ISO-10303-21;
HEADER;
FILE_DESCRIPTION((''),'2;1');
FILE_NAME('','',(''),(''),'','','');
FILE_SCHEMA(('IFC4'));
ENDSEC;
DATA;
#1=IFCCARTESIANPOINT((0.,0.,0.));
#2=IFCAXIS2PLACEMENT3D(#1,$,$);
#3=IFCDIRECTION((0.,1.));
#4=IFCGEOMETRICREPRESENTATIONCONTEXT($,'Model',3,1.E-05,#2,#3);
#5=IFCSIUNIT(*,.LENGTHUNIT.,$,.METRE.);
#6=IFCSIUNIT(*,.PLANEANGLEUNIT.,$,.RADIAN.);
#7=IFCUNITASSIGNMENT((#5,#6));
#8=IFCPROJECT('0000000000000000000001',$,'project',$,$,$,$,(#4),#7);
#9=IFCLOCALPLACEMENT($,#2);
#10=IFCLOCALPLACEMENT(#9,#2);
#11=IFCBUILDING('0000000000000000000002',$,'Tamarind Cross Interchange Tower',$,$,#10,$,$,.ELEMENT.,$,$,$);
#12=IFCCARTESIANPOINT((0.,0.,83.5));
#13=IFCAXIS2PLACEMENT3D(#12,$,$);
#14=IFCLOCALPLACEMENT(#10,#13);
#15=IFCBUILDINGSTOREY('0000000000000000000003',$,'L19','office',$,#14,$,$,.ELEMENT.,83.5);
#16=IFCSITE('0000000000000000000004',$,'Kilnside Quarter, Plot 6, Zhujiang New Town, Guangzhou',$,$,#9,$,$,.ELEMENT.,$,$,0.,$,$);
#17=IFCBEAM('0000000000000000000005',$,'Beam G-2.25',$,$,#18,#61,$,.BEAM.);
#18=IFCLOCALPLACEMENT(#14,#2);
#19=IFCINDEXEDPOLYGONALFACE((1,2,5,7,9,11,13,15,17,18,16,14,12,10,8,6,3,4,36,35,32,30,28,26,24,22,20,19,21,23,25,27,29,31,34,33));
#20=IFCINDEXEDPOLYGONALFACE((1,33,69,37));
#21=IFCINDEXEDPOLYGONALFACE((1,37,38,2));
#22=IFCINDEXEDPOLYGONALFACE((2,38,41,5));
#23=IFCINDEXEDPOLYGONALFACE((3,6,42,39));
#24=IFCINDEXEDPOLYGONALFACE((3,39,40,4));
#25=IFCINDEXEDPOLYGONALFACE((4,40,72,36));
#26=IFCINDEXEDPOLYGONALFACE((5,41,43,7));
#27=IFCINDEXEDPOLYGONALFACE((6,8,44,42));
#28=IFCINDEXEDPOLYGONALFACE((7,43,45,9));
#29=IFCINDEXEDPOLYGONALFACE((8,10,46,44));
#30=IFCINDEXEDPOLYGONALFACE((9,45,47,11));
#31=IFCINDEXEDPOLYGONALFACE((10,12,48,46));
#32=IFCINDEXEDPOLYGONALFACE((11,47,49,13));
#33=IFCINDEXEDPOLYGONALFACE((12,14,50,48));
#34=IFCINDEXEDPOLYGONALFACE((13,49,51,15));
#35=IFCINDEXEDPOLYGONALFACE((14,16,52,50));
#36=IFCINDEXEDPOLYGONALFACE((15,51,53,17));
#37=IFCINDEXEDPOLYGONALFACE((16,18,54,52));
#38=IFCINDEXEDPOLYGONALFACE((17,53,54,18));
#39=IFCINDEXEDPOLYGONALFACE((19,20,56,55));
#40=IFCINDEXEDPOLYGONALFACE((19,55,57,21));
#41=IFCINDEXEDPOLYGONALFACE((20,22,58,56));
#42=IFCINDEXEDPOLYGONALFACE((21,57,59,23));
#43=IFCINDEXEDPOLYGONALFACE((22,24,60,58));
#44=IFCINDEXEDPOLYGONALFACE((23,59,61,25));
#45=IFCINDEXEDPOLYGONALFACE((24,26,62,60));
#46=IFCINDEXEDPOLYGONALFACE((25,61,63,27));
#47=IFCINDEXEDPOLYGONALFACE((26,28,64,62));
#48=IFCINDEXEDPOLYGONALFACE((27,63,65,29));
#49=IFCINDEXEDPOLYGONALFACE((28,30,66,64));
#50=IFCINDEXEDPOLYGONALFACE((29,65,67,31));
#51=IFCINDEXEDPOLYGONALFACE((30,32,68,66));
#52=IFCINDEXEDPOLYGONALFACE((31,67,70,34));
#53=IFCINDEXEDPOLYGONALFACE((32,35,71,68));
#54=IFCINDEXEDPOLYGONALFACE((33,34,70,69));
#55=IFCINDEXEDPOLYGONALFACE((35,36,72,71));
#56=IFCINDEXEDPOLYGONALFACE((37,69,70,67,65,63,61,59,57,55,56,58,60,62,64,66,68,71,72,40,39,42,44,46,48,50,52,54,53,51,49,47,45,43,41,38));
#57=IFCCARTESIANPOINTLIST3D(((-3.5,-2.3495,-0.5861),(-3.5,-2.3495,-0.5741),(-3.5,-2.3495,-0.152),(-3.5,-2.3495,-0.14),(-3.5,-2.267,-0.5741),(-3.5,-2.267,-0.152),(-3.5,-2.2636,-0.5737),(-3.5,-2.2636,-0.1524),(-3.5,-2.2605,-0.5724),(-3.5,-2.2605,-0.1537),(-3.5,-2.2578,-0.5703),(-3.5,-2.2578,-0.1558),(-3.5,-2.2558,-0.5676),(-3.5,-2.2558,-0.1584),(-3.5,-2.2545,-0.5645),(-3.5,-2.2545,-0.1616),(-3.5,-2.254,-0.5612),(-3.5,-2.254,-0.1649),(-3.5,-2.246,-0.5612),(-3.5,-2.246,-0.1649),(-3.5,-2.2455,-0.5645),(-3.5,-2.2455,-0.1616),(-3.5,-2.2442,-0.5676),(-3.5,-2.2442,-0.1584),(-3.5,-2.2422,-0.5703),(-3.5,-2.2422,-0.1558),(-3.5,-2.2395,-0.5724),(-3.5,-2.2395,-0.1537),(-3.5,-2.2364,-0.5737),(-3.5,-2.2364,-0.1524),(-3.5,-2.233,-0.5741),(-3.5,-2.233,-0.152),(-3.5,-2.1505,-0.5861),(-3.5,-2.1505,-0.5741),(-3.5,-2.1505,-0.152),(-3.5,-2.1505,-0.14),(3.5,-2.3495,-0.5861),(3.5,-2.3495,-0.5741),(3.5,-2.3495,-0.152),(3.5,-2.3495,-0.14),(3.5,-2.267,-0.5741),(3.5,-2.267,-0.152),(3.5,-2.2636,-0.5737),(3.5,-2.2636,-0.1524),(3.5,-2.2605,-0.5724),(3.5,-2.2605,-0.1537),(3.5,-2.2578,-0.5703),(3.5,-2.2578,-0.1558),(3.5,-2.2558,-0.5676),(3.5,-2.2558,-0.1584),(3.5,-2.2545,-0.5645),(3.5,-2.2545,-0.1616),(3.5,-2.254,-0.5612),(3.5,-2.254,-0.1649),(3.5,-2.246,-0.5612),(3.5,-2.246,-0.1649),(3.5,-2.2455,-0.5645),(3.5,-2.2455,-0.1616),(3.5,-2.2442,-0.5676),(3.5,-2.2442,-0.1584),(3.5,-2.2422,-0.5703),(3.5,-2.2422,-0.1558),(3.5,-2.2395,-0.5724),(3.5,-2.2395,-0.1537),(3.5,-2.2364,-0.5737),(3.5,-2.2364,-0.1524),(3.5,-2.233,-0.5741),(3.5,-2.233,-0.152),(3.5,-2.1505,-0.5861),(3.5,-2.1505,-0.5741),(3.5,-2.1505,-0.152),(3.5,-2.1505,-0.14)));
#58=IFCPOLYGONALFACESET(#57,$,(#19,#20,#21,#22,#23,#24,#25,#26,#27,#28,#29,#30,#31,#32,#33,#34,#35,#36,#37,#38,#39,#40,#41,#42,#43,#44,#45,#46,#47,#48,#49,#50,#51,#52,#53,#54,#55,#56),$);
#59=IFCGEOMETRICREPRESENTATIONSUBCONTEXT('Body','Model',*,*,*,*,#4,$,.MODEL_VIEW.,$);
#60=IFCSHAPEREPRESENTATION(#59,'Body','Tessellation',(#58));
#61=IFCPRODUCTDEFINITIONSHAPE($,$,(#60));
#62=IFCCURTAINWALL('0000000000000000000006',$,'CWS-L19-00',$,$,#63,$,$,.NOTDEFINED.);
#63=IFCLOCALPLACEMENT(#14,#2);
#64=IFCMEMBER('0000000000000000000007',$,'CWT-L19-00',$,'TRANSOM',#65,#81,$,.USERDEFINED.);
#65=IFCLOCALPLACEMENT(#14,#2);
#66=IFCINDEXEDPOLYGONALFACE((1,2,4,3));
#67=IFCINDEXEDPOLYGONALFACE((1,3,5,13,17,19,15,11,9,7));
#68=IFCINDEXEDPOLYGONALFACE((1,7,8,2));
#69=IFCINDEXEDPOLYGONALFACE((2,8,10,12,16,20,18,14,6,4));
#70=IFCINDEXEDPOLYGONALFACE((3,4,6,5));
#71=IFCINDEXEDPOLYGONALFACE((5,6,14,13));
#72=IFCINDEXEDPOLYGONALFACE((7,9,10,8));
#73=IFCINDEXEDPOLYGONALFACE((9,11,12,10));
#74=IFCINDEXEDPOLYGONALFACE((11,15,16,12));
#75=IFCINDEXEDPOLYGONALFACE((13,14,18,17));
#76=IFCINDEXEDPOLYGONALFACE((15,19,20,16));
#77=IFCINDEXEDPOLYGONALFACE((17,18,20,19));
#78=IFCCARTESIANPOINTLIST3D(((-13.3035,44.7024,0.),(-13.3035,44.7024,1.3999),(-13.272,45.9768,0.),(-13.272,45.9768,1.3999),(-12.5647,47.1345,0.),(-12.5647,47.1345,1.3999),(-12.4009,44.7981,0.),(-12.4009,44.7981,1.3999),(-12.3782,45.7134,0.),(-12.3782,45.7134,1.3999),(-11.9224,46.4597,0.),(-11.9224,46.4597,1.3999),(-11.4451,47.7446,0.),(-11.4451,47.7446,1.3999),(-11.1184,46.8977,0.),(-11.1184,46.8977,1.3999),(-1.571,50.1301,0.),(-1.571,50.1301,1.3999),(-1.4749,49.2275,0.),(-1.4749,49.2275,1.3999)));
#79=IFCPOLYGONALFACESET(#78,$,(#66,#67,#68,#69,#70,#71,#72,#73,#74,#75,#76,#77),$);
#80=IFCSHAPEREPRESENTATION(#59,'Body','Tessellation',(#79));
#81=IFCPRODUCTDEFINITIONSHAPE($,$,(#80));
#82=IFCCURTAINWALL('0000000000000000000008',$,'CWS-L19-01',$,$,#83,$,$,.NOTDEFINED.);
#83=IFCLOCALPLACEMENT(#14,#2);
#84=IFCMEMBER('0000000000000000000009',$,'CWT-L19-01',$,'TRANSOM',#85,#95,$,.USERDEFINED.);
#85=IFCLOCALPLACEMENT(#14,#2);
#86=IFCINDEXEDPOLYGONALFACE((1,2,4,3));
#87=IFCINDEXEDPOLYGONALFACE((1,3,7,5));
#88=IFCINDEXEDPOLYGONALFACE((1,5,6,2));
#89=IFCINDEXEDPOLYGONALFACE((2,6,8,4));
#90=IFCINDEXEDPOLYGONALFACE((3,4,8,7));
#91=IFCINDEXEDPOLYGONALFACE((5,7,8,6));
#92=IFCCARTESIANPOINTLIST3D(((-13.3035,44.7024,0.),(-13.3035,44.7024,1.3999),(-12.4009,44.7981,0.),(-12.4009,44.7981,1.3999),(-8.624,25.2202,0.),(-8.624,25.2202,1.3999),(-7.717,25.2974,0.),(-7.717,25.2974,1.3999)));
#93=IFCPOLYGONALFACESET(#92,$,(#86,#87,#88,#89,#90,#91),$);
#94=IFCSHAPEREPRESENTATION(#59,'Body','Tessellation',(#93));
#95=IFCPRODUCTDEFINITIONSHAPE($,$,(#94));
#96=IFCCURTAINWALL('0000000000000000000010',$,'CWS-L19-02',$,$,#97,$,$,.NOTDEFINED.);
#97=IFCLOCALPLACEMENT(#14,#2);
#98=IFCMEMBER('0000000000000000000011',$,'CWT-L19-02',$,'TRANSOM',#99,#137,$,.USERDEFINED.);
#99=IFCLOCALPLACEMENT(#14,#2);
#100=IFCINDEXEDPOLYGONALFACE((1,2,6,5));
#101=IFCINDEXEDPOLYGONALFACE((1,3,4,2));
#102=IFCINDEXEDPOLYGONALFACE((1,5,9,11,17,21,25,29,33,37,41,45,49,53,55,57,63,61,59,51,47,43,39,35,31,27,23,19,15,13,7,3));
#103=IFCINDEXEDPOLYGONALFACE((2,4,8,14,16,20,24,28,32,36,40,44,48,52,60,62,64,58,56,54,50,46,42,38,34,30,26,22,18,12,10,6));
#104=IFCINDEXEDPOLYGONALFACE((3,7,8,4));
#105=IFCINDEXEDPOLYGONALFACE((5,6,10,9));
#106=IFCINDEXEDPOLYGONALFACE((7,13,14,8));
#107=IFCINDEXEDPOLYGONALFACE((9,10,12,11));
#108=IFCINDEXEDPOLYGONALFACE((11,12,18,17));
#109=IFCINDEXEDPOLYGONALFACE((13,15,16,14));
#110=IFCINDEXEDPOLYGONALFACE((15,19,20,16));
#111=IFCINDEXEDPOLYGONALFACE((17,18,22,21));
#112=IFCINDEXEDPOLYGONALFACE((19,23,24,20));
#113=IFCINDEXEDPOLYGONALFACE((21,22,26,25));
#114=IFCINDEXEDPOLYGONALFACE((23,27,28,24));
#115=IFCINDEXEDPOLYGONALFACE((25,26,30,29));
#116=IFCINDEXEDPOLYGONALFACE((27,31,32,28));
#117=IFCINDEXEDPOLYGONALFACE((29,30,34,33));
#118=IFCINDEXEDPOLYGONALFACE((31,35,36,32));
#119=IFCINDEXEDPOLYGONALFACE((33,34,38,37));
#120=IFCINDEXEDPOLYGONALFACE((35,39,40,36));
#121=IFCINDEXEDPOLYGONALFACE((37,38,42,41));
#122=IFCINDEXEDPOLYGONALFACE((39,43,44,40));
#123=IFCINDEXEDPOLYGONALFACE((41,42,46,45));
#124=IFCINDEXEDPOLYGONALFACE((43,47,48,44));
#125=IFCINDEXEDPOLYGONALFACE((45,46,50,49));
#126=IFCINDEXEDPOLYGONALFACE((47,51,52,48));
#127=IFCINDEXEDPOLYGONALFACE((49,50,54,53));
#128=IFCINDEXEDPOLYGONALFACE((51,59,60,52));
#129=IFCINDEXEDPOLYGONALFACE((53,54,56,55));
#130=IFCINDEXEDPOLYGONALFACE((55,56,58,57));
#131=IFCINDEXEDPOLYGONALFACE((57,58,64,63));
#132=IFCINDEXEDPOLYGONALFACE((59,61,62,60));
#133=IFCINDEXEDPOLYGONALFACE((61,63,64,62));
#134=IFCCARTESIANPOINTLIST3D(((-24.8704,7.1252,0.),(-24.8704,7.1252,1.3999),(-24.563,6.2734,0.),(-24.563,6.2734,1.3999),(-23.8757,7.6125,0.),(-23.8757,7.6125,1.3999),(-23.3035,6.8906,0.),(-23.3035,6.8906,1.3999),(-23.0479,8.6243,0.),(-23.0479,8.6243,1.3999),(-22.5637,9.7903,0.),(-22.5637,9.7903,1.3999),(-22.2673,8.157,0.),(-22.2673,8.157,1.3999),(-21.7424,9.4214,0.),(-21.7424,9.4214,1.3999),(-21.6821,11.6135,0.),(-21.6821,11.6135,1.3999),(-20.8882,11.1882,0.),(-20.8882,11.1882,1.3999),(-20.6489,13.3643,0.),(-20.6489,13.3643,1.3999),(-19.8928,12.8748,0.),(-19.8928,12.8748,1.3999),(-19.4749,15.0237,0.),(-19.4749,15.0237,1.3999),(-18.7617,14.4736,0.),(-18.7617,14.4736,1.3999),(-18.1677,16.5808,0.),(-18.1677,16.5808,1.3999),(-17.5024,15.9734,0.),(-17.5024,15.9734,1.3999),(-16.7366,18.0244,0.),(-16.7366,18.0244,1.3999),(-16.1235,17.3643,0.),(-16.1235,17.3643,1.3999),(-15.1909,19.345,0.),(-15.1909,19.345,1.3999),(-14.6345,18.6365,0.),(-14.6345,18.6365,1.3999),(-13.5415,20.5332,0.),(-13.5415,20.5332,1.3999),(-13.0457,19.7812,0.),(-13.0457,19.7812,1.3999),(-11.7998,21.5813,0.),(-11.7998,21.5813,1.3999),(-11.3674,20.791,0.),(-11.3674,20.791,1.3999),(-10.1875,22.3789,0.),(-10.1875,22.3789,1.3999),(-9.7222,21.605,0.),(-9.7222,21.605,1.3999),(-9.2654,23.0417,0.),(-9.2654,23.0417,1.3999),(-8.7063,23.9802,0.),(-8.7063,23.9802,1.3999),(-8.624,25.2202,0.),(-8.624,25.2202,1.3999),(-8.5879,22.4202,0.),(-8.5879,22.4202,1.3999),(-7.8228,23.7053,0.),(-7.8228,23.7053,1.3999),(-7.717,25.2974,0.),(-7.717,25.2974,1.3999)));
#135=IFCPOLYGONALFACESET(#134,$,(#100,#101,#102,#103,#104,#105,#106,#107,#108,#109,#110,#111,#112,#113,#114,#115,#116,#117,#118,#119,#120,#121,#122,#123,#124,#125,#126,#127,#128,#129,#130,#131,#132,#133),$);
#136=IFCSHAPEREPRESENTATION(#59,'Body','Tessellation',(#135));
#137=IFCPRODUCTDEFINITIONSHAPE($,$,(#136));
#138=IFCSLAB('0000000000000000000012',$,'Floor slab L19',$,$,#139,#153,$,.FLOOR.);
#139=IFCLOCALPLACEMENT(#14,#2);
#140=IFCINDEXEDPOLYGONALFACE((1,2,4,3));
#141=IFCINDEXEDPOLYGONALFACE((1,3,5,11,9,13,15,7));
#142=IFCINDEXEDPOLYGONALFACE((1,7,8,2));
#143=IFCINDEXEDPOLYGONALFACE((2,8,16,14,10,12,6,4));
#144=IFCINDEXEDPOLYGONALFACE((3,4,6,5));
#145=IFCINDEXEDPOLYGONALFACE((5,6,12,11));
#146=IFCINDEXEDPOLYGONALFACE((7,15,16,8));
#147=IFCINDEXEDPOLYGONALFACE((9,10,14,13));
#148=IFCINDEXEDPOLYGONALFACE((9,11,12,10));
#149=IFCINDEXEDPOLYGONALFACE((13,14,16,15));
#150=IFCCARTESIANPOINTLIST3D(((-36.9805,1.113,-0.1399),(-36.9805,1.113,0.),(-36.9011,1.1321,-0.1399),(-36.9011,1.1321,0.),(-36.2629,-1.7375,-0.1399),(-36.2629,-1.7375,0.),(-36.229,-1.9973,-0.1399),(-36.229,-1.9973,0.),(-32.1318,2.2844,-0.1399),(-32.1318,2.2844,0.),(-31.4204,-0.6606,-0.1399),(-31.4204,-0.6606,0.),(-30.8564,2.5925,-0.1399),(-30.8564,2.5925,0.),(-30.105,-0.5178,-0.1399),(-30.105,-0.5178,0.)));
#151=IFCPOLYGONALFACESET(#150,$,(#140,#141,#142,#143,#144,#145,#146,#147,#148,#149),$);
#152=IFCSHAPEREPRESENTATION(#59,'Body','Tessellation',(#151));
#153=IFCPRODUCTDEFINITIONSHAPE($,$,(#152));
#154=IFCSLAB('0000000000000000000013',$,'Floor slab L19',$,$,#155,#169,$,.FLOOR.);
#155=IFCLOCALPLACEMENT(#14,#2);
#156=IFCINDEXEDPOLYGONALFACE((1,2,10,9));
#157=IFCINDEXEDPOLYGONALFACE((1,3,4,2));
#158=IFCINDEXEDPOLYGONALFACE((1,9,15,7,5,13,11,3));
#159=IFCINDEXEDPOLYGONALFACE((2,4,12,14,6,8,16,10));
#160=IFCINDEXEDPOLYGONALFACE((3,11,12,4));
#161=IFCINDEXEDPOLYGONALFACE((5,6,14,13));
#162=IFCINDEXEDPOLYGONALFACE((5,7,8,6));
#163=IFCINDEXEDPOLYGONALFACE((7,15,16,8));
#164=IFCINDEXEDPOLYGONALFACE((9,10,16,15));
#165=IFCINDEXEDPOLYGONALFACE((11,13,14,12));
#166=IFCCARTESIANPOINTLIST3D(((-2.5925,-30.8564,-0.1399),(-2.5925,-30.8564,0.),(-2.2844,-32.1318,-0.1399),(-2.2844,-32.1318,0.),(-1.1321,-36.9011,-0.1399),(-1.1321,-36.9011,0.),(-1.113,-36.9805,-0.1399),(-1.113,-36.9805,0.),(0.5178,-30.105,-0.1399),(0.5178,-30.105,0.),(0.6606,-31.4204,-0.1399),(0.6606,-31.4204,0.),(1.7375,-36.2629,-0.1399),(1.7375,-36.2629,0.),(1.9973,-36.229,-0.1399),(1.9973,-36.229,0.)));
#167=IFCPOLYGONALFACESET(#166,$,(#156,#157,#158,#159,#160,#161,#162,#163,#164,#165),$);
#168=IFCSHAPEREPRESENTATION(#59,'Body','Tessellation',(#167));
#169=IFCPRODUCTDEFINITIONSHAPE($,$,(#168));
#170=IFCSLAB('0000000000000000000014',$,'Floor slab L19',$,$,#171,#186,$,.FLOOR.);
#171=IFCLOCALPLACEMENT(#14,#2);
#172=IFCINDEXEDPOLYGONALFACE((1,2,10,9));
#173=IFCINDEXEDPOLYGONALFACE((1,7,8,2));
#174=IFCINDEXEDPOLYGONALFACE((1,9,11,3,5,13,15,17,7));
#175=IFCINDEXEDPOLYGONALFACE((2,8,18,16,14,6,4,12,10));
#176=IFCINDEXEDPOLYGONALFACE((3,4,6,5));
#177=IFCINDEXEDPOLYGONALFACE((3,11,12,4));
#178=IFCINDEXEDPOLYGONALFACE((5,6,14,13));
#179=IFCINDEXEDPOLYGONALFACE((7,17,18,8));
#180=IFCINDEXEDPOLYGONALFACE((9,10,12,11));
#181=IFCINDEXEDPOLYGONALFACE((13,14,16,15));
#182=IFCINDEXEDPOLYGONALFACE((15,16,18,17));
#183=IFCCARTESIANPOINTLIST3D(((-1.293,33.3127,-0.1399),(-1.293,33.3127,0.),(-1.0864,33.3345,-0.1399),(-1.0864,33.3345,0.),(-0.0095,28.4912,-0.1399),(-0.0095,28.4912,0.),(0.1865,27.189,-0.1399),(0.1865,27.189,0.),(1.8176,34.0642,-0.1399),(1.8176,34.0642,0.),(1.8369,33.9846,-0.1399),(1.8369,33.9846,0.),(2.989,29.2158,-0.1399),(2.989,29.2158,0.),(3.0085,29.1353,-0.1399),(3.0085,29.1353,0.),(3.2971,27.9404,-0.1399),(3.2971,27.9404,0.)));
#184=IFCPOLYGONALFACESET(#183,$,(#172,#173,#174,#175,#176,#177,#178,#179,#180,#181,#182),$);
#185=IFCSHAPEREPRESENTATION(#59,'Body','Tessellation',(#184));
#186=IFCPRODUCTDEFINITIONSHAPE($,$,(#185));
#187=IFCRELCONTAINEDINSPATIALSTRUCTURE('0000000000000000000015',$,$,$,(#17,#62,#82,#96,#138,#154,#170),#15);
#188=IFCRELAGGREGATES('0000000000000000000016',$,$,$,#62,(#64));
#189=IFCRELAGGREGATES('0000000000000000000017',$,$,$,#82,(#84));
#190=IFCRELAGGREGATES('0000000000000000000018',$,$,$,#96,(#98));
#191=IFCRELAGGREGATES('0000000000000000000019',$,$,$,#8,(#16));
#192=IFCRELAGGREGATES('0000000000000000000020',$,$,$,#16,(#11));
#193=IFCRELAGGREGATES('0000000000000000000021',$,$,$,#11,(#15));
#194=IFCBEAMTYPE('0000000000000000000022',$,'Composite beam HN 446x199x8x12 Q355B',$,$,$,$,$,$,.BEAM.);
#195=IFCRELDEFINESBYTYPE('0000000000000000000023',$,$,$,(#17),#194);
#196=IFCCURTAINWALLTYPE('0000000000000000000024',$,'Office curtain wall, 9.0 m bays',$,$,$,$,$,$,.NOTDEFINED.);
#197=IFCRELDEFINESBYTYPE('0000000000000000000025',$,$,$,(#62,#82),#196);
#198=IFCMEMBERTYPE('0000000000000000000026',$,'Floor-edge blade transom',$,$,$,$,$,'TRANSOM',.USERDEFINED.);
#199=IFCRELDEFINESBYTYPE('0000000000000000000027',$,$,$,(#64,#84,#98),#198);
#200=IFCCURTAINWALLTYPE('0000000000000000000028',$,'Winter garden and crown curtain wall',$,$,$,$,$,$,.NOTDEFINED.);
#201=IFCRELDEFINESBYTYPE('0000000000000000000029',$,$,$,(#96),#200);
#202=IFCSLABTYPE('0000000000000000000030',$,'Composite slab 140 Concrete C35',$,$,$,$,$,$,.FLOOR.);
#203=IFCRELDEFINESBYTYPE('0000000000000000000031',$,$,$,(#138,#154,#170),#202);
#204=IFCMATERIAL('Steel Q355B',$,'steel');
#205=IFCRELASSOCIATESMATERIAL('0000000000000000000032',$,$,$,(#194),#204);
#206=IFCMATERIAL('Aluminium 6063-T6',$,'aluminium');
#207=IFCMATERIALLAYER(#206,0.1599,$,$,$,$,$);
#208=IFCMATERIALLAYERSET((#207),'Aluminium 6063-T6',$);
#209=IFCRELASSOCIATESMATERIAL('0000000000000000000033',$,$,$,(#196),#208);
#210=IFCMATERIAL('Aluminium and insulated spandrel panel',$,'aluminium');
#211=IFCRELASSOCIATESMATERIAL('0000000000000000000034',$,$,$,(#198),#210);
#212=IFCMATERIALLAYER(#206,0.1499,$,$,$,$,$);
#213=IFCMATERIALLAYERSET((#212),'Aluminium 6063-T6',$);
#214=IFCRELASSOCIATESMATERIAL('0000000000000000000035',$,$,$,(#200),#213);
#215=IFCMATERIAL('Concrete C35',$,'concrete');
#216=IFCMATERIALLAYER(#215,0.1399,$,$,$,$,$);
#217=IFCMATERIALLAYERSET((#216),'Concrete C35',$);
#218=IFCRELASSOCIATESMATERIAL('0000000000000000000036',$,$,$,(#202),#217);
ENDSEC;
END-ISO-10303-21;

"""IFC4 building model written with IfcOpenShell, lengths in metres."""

from ifc_helpers import new_model, si_unit, direction, frame, origin, origin_2d, place, context, subcontext, project, spatial, polyline, i_section, outline, extrude, material, layer, layer_set, material_profile, profile_set, type_object, element, aggregate, save


model = new_model("IFC4")

# Units and contexts
model_context = context("Model", 3, precision=1e-05, world=origin(), true_north=direction((0.0, 1.0)))
body_context = subcontext(model_context, "Body", "Model", "MODEL_VIEW")
ifc_project = project(units=[si_unit("LENGTHUNIT", "METRE"), si_unit("PLANEANGLEUNIT", "RADIAN")], contexts=[model_context])

# Site, building, storey
site_placement = place(None, origin())
site = spatial("IfcSite", under=ifc_project, at=site_placement, Name="Kilnside Quarter, Plot 6, Zhujiang New Town, Guangzhou", CompositionType="ELEMENT", RefElevation=0.0)
building_placement = place(site_placement, origin())
building = spatial("IfcBuilding", under=site, at=building_placement, Name="Tamarind Cross Interchange Tower", CompositionType="ELEMENT")
storey_placement = place(building_placement, frame((0.0, 0.0, 83.5)))
storey = spatial("IfcBuildingStorey", under=building, at=storey_placement, Name="L19", Description="office", CompositionType="ELEMENT", Elevation=83.5)

# Beam
ifc_material_1 = material(Name="Steel Q355B", Category="steel")
ifc_material_profile = material_profile(ifc_material_1, i_section(OverallWidth=0.199, OverallDepth=0.446, WebThickness=0.0081, FlangeThickness=0.012, FilletRadius=0.0129, at=origin_2d()), Name="HN 446x199x8x12")
ifc_profile_set = profile_set([ifc_material_profile], Name="Steel Q355B")
beam_type = type_object("IfcBeamType", Name="Composite beam HN 446x199x8x12 Q355B", PredefinedType="BEAM", material=ifc_profile_set)
beam_placement = place(storey_placement, frame((-3.5, -2.25, -0.363), z_axis=(1.0, 0.0, 0.0), x_axis=(0.0, 1.0, 0.0)))
element("IfcBeam", 1, at=beam_placement, inside=storey, type_object=beam_type, Name="Beam G-2.25", PredefinedType="BEAM", context=body_context, shape_type="SweptSolid", body=[
    extrude(i_section(OverallWidth=0.199, OverallDepth=0.446, WebThickness=0.0081, FlangeThickness=0.012, FilletRadius=0.0129, at=origin_2d()), origin(), (0.0, 0.0, 1.0), 7.0),
])

# Curtain walls, members
ifc_material_2 = material(Name="Aluminium 6063-T6", Category="aluminium")
ifc_layer_1 = layer(ifc_material_2, 0.1599)
ifc_layer_set_1 = layer_set([ifc_layer_1], Name="Aluminium 6063-T6")
curtain_wall_type_1 = type_object("IfcCurtainWallType", Name="Office curtain wall, 9.0 m bays", PredefinedType="NOTDEFINED", material=ifc_layer_set_1)
curtain_wall_1_placement = place(storey_placement, origin())
curtain_wall_1 = element("IfcCurtainWall", 2, at=curtain_wall_1_placement, inside=storey, type_object=curtain_wall_type_1, Name="CWS-L19-00", PredefinedType="NOTDEFINED")
ifc_material_3 = material(Name="Aluminium and insulated spandrel panel", Category="aluminium")
member_type = type_object("IfcMemberType", Name="Floor-edge blade transom", ElementType="TRANSOM", PredefinedType="USERDEFINED", material=ifc_material_3)
member_1_placement = place(storey_placement, origin())
member_1 = element("IfcMember", 3, at=member_1_placement, type_object=member_type, Name="CWT-L19-00", ObjectType="TRANSOM", PredefinedType="USERDEFINED", context=body_context, shape_type="SweptSolid", body=[
    extrude(outline(polyline([(-1.4749, 49.2275), (-11.1184, 46.8977), (-11.9224, 46.4597), (-12.3782, 45.7134), (-12.4009, 44.7981), (-13.3035, 44.7024), (-13.272, 45.9768), (-12.5647, 47.1345), (-11.4451, 47.7446), (-1.571, 50.1301), (-1.4749, 49.2275)])), origin(), (0.0, 0.0, 1.0), 1.3999),
])
curtain_wall_2_placement = place(storey_placement, origin())
curtain_wall_2 = element("IfcCurtainWall", 4, at=curtain_wall_2_placement, inside=storey, type_object=curtain_wall_type_1, Name="CWS-L19-01", PredefinedType="NOTDEFINED")
member_2_placement = place(storey_placement, origin())
member_2 = element("IfcMember", 5, at=member_2_placement, type_object=member_type, Name="CWT-L19-01", ObjectType="TRANSOM", PredefinedType="USERDEFINED", context=body_context, shape_type="SweptSolid", body=[
    extrude(outline(polyline([(-12.4009, 44.7981), (-7.717, 25.2974), (-8.624, 25.2202), (-13.3035, 44.7024), (-12.4009, 44.7981)])), origin(), (0.0, 0.0, 1.0), 1.3999),
])
ifc_layer_2 = layer(ifc_material_2, 0.1499)
ifc_layer_set_2 = layer_set([ifc_layer_2], Name="Aluminium 6063-T6")
curtain_wall_type_2 = type_object("IfcCurtainWallType", Name="Winter garden and crown curtain wall", PredefinedType="NOTDEFINED", material=ifc_layer_set_2)
curtain_wall_3_placement = place(storey_placement, origin())
curtain_wall_3 = element("IfcCurtainWall", 6, at=curtain_wall_3_placement, inside=storey, type_object=curtain_wall_type_2, Name="CWS-L19-02", PredefinedType="NOTDEFINED")
member_3_placement = place(storey_placement, origin())
member_3 = element("IfcMember", 7, at=member_3_placement, type_object=member_type, Name="CWT-L19-02", ObjectType="TRANSOM", PredefinedType="USERDEFINED", context=body_context, shape_type="SweptSolid", body=[
    extrude(outline(polyline([(-7.717, 25.2974), (-7.8228, 23.7053), (-8.5879, 22.4202), (-9.7222, 21.605), (-11.3674, 20.791), (-13.0457, 19.7812), (-14.6345, 18.6365), (-16.1235, 17.3643), (-17.5024, 15.9734), (-18.7617, 14.4736), (-19.8928, 12.8748), (-20.8882, 11.1882), (-21.7424, 9.4214), (-22.2673, 8.157), (-23.3035, 6.8906), (-24.563, 6.2734), (-24.8704, 7.1252), (-23.8757, 7.6125), (-23.0479, 8.6243), (-22.5637, 9.7903), (-21.6821, 11.6135), (-20.6489, 13.3643), (-19.4749, 15.0237), (-18.1677, 16.5808), (-16.7366, 18.0244), (-15.1909, 19.345), (-13.5415, 20.5332), (-11.7998, 21.5813), (-10.1875, 22.3789), (-9.2654, 23.0417), (-8.7063, 23.9802), (-8.624, 25.2202), (-7.717, 25.2974)])), origin(), (0.0, 0.0, 1.0), 1.3999),
])

# Slabs
ifc_material_4 = material(Name="Concrete C35", Category="concrete")
ifc_layer_3 = layer(ifc_material_4, 0.1399)
ifc_layer_set_3 = layer_set([ifc_layer_3], Name="Concrete C35")
slab_type = type_object("IfcSlabType", Name="Composite slab 140 Concrete C35", PredefinedType="FLOOR", material=ifc_layer_set_3)
slab_1_placement = place(storey_placement, frame((0.0, 0.0, -0.1399)))
element("IfcSlab", 8, at=slab_1_placement, inside=storey, type_object=slab_type, Name="Floor slab L19", PredefinedType="FLOOR", context=body_context, shape_type="SweptSolid", body=[
    extrude(outline(polyline([(-36.9805, 1.113), (-36.229, -1.9973), (-30.105, -0.5178), (-30.8564, 2.5925), (-32.1318, 2.2844), (-31.4204, -0.6606), (-36.2629, -1.7375), (-36.9011, 1.1321), (-36.9805, 1.113)])), origin(), (0.0, 0.0, 1.0), 0.1399),
])
slab_2_placement = place(storey_placement, frame((0.0, 0.0, -0.1399)))
element("IfcSlab", 9, at=slab_2_placement, inside=storey, type_object=slab_type, Name="Floor slab L19", PredefinedType="FLOOR", context=body_context, shape_type="SweptSolid", body=[
    extrude(outline(polyline([(-1.113, -36.9805), (1.9973, -36.229), (0.5178, -30.105), (-2.5925, -30.8564), (-2.2844, -32.1318), (0.6606, -31.4204), (1.7375, -36.2629), (-1.1321, -36.9011), (-1.113, -36.9805)])), origin(), (0.0, 0.0, 1.0), 0.1399),
])
slab_3_placement = place(storey_placement, frame((0.0, 0.0, -0.1399)))
element("IfcSlab", 10, at=slab_3_placement, inside=storey, type_object=slab_type, Name="Floor slab L19", PredefinedType="FLOOR", context=body_context, shape_type="SweptSolid", body=[
    extrude(outline(polyline([(0.1865, 27.189), (3.2971, 27.9404), (3.0085, 29.1353), (2.989, 29.2158), (-0.0095, 28.4912), (-1.0864, 33.3345), (1.8369, 33.9846), (1.8176, 34.0642), (-1.293, 33.3127), (0.1865, 27.189)])), origin(), (0.0, 0.0, 1.0), 0.1399),
])

aggregate(curtain_wall_1, [member_1])
aggregate(curtain_wall_2, [member_2])

aggregate(curtain_wall_3, [member_3])

save(model, "model.ifc")
